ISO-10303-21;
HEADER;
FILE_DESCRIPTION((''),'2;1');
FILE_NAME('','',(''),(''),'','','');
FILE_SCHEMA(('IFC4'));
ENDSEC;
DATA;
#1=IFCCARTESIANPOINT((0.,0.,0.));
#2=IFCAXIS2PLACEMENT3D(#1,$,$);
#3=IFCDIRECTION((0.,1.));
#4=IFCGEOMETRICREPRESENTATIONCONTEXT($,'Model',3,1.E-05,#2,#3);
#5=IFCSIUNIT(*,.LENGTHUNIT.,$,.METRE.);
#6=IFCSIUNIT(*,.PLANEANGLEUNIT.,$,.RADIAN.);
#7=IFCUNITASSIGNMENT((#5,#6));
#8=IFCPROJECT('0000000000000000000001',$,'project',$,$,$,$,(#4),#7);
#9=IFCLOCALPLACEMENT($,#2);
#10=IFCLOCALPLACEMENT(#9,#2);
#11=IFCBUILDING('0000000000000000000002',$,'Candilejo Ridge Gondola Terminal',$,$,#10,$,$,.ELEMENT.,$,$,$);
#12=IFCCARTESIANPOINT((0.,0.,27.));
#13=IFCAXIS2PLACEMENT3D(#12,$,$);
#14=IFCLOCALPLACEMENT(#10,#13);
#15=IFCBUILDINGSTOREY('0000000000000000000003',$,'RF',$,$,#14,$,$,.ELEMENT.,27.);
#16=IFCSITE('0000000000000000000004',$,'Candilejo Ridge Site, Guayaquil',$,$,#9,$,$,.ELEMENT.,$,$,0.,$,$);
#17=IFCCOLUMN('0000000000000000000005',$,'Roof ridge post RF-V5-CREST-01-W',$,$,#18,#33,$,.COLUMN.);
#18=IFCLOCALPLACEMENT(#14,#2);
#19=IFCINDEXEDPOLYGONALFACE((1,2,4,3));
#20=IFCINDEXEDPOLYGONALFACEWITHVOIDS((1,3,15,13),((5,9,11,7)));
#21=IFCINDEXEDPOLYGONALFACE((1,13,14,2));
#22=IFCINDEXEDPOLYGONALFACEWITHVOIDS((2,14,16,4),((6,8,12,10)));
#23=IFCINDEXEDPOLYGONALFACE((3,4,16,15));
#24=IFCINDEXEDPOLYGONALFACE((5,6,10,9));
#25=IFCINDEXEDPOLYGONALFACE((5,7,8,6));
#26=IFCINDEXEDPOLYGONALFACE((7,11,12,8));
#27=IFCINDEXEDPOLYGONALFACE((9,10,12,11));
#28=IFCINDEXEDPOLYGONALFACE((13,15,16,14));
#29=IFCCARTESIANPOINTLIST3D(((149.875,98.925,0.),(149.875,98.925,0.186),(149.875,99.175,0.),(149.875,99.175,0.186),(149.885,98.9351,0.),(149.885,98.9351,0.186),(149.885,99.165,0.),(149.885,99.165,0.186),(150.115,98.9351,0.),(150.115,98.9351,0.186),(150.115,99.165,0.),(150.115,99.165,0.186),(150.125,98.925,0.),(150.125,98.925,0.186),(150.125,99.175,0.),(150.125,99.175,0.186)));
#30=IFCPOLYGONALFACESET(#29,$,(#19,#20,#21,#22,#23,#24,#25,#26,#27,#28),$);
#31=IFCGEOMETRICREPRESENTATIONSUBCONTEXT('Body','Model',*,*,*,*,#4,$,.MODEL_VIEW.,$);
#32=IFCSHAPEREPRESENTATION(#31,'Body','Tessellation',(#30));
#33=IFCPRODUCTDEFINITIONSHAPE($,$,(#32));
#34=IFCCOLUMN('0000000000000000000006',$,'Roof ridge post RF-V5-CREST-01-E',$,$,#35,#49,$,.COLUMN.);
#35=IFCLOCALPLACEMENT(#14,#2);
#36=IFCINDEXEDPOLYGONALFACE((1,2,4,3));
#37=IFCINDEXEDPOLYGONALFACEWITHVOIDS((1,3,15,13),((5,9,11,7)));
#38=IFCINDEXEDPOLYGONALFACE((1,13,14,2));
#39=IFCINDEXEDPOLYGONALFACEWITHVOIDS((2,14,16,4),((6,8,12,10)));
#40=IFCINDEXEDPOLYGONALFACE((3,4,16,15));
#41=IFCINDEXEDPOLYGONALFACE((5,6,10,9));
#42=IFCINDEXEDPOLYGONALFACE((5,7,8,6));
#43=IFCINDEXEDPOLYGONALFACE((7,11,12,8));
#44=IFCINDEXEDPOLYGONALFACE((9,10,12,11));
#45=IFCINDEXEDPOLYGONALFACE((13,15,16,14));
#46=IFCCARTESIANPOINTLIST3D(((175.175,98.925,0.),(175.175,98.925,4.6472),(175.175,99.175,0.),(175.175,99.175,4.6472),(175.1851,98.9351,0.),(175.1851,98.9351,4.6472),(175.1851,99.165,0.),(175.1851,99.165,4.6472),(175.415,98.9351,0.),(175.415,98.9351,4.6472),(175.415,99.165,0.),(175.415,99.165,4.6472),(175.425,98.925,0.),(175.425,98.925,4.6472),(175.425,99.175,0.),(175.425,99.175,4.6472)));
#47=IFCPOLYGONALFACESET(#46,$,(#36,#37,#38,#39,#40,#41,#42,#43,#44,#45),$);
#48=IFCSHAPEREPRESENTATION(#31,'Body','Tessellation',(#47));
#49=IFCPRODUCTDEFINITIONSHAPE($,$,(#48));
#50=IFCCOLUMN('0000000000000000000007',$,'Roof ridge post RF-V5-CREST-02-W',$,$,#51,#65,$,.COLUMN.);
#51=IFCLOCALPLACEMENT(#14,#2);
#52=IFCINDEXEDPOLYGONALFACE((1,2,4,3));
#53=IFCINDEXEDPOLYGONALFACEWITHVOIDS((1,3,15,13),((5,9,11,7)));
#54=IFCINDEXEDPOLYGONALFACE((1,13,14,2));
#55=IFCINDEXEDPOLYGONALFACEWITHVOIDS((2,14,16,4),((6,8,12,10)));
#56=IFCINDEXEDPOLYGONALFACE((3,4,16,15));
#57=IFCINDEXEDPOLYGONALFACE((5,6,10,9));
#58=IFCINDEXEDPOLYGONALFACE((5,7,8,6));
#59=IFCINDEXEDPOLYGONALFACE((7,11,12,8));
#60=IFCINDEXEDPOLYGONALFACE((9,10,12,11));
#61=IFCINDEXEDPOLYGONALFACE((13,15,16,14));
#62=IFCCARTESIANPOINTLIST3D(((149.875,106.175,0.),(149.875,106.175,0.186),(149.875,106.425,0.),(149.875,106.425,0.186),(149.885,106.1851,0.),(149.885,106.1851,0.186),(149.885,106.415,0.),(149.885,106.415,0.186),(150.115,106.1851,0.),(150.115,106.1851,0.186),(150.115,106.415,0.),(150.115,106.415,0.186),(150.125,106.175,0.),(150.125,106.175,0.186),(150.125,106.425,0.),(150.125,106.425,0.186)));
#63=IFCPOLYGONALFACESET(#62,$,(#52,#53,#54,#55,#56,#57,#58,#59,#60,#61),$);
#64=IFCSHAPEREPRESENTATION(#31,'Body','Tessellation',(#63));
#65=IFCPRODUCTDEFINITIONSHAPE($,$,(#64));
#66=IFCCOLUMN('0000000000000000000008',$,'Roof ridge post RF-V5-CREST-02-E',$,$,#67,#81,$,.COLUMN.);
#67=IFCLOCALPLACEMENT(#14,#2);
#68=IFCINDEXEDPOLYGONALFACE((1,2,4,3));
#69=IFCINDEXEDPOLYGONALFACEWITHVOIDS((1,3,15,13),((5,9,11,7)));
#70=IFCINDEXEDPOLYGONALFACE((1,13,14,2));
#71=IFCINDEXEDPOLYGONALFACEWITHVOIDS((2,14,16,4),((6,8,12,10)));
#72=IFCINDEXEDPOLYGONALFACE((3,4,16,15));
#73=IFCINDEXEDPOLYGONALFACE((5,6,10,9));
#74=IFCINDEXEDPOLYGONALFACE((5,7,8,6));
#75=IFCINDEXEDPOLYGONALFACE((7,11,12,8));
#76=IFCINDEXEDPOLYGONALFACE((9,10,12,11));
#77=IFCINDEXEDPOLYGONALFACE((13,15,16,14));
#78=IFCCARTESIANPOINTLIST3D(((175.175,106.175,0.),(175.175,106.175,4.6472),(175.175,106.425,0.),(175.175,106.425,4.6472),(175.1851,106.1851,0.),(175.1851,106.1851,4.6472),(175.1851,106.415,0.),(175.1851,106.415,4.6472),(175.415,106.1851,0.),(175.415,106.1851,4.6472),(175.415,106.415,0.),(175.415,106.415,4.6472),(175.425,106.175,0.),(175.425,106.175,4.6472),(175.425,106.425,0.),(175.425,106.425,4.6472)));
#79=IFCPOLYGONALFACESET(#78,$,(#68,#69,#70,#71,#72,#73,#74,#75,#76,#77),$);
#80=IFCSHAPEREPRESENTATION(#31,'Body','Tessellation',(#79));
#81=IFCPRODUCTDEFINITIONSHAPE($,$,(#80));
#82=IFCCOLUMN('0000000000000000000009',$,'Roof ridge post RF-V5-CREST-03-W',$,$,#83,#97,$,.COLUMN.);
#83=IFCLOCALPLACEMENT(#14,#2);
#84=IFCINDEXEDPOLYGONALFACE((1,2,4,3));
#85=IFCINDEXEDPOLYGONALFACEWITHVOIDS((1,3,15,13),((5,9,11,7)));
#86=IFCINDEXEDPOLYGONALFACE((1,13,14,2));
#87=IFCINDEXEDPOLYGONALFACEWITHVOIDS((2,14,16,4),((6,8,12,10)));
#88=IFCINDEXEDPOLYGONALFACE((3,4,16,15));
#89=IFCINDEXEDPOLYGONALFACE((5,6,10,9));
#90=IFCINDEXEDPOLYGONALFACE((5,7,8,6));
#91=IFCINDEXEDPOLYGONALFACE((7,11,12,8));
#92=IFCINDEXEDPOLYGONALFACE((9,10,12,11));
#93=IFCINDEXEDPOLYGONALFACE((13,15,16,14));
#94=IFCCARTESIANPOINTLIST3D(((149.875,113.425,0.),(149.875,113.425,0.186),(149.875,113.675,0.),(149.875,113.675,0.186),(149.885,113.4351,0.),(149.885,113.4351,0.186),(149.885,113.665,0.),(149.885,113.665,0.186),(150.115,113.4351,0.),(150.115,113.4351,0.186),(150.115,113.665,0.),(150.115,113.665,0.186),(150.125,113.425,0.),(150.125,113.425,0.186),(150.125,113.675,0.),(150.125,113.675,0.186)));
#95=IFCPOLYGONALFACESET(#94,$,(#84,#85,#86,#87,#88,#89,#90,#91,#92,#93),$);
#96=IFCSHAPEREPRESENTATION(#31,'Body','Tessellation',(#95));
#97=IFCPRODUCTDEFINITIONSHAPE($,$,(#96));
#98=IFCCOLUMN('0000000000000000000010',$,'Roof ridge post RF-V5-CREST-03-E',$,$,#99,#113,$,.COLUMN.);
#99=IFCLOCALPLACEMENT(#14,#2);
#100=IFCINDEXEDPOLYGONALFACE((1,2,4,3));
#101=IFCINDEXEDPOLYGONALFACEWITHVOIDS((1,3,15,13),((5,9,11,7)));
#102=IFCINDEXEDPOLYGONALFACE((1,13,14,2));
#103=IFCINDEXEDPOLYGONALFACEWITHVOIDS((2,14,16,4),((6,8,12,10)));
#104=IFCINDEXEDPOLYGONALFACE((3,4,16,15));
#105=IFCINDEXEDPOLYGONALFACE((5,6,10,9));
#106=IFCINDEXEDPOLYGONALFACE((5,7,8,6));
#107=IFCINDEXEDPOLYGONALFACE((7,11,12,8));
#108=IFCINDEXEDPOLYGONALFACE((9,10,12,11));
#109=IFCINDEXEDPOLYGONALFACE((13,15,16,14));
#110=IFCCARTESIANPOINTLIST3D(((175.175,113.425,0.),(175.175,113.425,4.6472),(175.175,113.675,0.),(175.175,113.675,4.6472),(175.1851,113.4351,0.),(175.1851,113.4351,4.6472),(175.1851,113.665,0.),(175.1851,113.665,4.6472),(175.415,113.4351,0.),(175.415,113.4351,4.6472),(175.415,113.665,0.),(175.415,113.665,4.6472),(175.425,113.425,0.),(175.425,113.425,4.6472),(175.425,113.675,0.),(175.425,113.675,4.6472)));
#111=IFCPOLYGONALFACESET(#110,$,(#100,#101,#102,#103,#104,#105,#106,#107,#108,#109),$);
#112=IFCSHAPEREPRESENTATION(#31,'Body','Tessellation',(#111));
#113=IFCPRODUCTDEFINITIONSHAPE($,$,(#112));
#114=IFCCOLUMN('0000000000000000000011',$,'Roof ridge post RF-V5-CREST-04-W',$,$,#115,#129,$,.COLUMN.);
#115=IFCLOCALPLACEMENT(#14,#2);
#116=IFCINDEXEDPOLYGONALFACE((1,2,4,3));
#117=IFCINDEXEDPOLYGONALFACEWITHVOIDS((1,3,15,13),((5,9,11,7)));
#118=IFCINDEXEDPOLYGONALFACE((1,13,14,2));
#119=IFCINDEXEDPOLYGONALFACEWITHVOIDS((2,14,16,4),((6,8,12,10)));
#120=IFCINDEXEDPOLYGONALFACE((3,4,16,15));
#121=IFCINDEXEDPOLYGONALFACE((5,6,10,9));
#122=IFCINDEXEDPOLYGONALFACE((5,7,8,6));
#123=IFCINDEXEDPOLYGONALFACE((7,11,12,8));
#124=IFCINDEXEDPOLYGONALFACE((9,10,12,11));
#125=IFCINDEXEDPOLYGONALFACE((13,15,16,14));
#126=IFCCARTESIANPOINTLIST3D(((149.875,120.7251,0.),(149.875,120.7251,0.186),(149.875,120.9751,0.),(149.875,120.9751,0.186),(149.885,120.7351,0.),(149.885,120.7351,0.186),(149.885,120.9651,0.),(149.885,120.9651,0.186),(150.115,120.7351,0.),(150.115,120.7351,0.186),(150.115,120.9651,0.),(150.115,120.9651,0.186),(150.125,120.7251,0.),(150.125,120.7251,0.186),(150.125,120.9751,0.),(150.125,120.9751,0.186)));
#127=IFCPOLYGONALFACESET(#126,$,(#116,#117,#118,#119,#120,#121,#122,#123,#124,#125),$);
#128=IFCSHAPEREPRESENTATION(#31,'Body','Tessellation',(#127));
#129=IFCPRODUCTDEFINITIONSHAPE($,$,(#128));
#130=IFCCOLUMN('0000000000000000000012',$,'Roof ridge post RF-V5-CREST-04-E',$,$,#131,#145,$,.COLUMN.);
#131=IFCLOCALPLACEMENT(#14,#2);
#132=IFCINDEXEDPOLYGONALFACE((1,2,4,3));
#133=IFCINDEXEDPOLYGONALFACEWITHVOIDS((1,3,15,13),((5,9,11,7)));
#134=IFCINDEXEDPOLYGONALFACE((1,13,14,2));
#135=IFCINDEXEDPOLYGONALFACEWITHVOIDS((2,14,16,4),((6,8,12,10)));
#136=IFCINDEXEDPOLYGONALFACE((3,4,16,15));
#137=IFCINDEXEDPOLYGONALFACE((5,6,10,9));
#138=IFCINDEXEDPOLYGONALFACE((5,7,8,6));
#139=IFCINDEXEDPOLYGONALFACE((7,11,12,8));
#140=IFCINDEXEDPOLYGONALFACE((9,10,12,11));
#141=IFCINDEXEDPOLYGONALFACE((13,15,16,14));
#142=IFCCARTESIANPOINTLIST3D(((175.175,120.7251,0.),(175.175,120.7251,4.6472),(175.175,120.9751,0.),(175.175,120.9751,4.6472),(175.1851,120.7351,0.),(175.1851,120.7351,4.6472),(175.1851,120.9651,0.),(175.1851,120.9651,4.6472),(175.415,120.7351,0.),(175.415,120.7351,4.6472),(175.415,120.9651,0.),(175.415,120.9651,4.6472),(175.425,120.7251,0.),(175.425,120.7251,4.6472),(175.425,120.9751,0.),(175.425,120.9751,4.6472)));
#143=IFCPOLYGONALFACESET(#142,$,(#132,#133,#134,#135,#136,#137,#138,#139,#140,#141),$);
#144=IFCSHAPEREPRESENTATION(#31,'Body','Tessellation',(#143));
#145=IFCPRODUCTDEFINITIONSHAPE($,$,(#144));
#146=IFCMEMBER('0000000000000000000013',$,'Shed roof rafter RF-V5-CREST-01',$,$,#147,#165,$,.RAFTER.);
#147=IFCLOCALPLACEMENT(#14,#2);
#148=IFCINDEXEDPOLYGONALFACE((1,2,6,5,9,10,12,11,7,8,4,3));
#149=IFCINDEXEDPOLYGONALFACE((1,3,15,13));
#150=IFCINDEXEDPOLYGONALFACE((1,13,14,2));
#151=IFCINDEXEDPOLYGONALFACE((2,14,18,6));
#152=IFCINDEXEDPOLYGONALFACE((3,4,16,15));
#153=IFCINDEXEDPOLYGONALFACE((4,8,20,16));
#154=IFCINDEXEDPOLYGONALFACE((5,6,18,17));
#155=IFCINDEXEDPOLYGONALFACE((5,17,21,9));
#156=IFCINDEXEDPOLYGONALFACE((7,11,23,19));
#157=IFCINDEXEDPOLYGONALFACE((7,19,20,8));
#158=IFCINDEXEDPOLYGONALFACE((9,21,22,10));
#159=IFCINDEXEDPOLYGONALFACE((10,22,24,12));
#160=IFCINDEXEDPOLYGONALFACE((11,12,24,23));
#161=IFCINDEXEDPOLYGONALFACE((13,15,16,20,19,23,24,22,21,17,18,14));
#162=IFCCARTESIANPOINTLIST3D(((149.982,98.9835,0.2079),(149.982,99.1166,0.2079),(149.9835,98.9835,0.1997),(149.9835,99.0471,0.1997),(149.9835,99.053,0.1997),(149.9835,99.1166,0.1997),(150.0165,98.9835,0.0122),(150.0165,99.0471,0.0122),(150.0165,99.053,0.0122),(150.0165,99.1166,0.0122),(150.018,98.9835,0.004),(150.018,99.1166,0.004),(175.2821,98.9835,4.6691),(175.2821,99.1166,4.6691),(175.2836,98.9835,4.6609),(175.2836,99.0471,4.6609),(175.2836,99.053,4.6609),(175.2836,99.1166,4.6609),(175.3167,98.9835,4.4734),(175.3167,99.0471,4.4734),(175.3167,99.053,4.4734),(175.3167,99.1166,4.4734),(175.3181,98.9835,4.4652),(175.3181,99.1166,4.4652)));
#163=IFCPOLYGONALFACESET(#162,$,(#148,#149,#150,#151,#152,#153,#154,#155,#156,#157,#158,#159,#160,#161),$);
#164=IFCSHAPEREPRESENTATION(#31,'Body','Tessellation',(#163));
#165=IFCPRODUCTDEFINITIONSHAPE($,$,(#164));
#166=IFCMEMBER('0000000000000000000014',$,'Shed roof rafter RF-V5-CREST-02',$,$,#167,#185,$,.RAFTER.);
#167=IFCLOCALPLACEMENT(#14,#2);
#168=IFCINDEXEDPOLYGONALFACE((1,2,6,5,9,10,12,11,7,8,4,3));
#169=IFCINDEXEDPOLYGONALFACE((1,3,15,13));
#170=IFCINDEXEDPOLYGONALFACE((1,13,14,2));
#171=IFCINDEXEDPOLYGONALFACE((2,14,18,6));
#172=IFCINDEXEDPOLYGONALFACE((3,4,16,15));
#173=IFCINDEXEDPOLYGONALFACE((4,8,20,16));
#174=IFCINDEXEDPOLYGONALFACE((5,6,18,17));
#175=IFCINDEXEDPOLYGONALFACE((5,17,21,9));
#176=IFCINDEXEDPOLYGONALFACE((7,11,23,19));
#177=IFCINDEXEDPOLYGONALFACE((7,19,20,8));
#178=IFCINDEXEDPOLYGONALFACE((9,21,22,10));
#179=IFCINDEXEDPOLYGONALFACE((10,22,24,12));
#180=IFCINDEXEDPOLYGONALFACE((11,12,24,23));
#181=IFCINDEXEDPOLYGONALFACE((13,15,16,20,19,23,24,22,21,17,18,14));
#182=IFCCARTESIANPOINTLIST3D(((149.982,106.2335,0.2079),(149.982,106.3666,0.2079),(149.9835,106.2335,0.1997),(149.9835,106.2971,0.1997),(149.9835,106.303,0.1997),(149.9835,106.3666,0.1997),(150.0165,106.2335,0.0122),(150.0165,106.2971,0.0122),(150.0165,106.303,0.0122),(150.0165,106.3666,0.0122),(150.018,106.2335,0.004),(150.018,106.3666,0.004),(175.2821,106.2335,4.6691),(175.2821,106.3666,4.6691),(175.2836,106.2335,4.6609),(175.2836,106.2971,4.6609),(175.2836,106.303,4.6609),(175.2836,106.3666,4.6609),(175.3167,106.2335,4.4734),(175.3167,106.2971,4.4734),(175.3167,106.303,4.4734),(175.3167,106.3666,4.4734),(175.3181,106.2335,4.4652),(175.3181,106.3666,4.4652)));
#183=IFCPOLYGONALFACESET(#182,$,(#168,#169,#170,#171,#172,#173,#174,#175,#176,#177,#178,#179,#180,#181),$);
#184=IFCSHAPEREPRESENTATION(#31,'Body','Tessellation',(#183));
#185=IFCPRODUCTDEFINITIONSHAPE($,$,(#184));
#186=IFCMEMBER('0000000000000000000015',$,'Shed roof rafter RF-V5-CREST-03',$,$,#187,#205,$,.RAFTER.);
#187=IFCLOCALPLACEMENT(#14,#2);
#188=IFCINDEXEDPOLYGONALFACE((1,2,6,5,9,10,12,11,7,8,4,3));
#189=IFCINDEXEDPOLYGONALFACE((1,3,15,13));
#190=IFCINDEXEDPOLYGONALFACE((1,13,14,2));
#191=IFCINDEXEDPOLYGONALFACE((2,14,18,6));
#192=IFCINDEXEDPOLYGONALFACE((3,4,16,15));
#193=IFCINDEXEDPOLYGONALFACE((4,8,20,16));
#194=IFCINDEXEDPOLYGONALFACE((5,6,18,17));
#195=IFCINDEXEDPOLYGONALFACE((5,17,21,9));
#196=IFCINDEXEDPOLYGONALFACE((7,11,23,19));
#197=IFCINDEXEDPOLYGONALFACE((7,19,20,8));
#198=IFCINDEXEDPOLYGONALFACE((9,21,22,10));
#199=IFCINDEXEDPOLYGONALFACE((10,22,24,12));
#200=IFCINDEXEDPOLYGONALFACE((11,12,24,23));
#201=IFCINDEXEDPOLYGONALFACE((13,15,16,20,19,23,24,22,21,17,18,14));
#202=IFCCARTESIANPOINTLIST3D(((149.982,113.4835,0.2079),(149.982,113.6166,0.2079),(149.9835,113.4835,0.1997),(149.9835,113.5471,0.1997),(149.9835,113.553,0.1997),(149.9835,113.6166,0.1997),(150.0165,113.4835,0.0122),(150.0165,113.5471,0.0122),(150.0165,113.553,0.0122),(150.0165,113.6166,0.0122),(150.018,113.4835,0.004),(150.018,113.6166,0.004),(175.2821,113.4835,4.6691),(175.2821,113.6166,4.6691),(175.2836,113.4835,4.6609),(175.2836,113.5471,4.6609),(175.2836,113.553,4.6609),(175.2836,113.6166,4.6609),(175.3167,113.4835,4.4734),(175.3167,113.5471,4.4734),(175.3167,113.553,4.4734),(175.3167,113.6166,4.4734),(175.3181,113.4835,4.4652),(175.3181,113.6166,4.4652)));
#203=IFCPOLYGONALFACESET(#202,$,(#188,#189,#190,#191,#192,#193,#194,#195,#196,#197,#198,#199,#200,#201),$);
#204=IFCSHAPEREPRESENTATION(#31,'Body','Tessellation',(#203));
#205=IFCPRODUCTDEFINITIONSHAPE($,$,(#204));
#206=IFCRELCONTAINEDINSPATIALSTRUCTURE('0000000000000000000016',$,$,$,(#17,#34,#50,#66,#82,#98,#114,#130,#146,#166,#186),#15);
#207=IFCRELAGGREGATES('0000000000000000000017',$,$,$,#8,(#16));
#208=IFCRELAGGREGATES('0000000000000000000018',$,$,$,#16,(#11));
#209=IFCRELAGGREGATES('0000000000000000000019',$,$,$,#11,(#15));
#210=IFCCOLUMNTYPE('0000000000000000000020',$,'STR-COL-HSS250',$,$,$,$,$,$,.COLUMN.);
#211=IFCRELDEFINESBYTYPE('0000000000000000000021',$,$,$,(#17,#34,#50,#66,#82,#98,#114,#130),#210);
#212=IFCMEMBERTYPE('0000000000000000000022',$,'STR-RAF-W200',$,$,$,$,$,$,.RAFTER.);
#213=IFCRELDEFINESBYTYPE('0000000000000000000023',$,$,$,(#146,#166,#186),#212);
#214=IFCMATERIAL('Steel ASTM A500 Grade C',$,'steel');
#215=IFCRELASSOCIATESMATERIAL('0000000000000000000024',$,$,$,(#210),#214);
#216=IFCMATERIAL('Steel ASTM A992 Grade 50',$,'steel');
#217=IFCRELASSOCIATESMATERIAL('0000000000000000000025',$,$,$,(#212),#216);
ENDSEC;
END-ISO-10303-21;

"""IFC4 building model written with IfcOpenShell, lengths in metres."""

from ifc_helpers import new_model, si_unit, direction, frame, origin, origin_2d, place, context, subcontext, project, spatial, hollow_rectangle, i_section, extrude, material, material_profile, profile_set, type_object, element, save


model = new_model("IFC4")

# Units and contexts
model_context = context("Model", 3, precision=1e-05, world=origin(), true_north=direction((0.0, 1.0)))
body_context = subcontext(model_context, "Body", "Model", "MODEL_VIEW")
ifc_project = project(units=[si_unit("LENGTHUNIT", "METRE"), si_unit("PLANEANGLEUNIT", "RADIAN")], contexts=[model_context])

# Site, building, storey
site_placement = place(None, origin())
site = spatial("IfcSite", under=ifc_project, at=site_placement, Name="Candilejo Ridge Site, Guayaquil", CompositionType="ELEMENT", RefElevation=0.0)
building_placement = place(site_placement, origin())
building = spatial("IfcBuilding", under=site, at=building_placement, Name="Candilejo Ridge Gondola Terminal", CompositionType="ELEMENT")
storey_placement = place(building_placement, frame((0.0, 0.0, 27.0)))
storey = spatial("IfcBuildingStorey", under=building, at=storey_placement, Name="RF", CompositionType="ELEMENT", Elevation=27.0)

# Columns
ifc_material_1 = material(Name="Steel ASTM A500 Grade C", Category="steel")
ifc_material_profile_1 = material_profile(ifc_material_1, hollow_rectangle(XDim=0.25, YDim=0.25, WallThickness=0.01, at=origin_2d()))
ifc_profile_set_1 = profile_set([ifc_material_profile_1], Name="Steel ASTM A500 Grade C")
column_type = type_object("IfcColumnType", Name="STR-COL-HSS250", PredefinedType="COLUMN", material=ifc_profile_set_1)
column_1_placement = place(storey_placement, frame((150.0, 99.05, 0.0), z_axis=(0.0, 0.0, 1.0), x_axis=(1.0, 0.0, 0.0)))
element("IfcColumn", 1, at=column_1_placement, inside=storey, type_object=column_type, Name="Roof ridge post RF-V5-CREST-01-W", PredefinedType="COLUMN", context=body_context, shape_type="SweptSolid", body=[
    extrude(hollow_rectangle(XDim=0.25, YDim=0.25, WallThickness=0.01, at=origin_2d()), origin(), (0.0, 0.0, 1.0), 0.186),
])
column_2_placement = place(storey_placement, frame((175.3, 99.05, 0.0), z_axis=(0.0, 0.0, 1.0), x_axis=(1.0, 0.0, 0.0)))
element("IfcColumn", 2, at=column_2_placement, inside=storey, type_object=column_type, Name="Roof ridge post RF-V5-CREST-01-E", PredefinedType="COLUMN", context=body_context, shape_type="SweptSolid", body=[
    extrude(hollow_rectangle(XDim=0.25, YDim=0.25, WallThickness=0.01, at=origin_2d()), origin(), (0.0, 0.0, 1.0), 4.6472),
])
column_3_placement = place(storey_placement, frame((150.0, 106.3, 0.0), z_axis=(0.0, 0.0, 1.0), x_axis=(1.0, 0.0, 0.0)))
element("IfcColumn", 3, at=column_3_placement, inside=storey, type_object=column_type, Name="Roof ridge post RF-V5-CREST-02-W", PredefinedType="COLUMN", context=body_context, shape_type="SweptSolid", body=[
    extrude(hollow_rectangle(XDim=0.25, YDim=0.25, WallThickness=0.01, at=origin_2d()), origin(), (0.0, 0.0, 1.0), 0.186),
])
column_4_placement = place(storey_placement, frame((175.3, 106.3, 0.0), z_axis=(0.0, 0.0, 1.0), x_axis=(1.0, 0.0, 0.0)))
element("IfcColumn", 4, at=column_4_placement, inside=storey, type_object=column_type, Name="Roof ridge post RF-V5-CREST-02-E", PredefinedType="COLUMN", context=body_context, shape_type="SweptSolid", body=[
    extrude(hollow_rectangle(XDim=0.25, YDim=0.25, WallThickness=0.01, at=origin_2d()), origin(), (0.0, 0.0, 1.0), 4.6472),
])
column_5_placement = place(storey_placement, frame((150.0, 113.55, 0.0), z_axis=(0.0, 0.0, 1.0), x_axis=(1.0, 0.0, 0.0)))
element("IfcColumn", 5, at=column_5_placement, inside=storey, type_object=column_type, Name="Roof ridge post RF-V5-CREST-03-W", PredefinedType="COLUMN", context=body_context, shape_type="SweptSolid", body=[
    extrude(hollow_rectangle(XDim=0.25, YDim=0.25, WallThickness=0.01, at=origin_2d()), origin(), (0.0, 0.0, 1.0), 0.186),
])
column_6_placement = place(storey_placement, frame((175.3, 113.55, 0.0), z_axis=(0.0, 0.0, 1.0), x_axis=(1.0, 0.0, 0.0)))
element("IfcColumn", 6, at=column_6_placement, inside=storey, type_object=column_type, Name="Roof ridge post RF-V5-CREST-03-E", PredefinedType="COLUMN", context=body_context, shape_type="SweptSolid", body=[
    extrude(hollow_rectangle(XDim=0.25, YDim=0.25, WallThickness=0.01, at=origin_2d()), origin(), (0.0, 0.0, 1.0), 4.6472),
])
column_7_placement = place(storey_placement, frame((150.0, 120.8501, 0.0), z_axis=(0.0, 0.0, 1.0), x_axis=(1.0, 0.0, 0.0)))
element("IfcColumn", 7, at=column_7_placement, inside=storey, type_object=column_type, Name="Roof ridge post RF-V5-CREST-04-W", PredefinedType="COLUMN", context=body_context, shape_type="SweptSolid", body=[
    extrude(hollow_rectangle(XDim=0.25, YDim=0.25, WallThickness=0.01, at=origin_2d()), origin(), (0.0, 0.0, 1.0), 0.186),
])
column_8_placement = place(storey_placement, frame((175.3, 120.8501, 0.0), z_axis=(0.0, 0.0, 1.0), x_axis=(1.0, 0.0, 0.0)))
element("IfcColumn", 8, at=column_8_placement, inside=storey, type_object=column_type, Name="Roof ridge post RF-V5-CREST-04-E", PredefinedType="COLUMN", context=body_context, shape_type="SweptSolid", body=[
    extrude(hollow_rectangle(XDim=0.25, YDim=0.25, WallThickness=0.01, at=origin_2d()), origin(), (0.0, 0.0, 1.0), 4.6472),
])

# Members
ifc_material_2 = material(Name="Steel ASTM A992 Grade 50", Category="steel")
ifc_material_profile_2 = material_profile(ifc_material_2, i_section(OverallWidth=0.1331, OverallDepth=0.207, WebThickness=0.0059, FlangeThickness=0.0083, at=origin_2d()))
ifc_profile_set_2 = profile_set([ifc_material_profile_2], Name="Steel ASTM A992 Grade 50")
member_type = type_object("IfcMemberType", Name="STR-RAF-W200", PredefinedType="RAFTER", material=ifc_profile_set_2)
for number, where, z_axis, x_axis, name in (
    (9, (150.0, 99.05, 0.106), (0.984807, 0.0, 0.173652), (0.0, 1.0, 0.0), "Shed roof rafter RF-V5-CREST-01"),
    (10, (150.0, 106.3, 0.106), (0.984807, 0.0, 0.173652), (0.0, 1.0, 0.0), "Shed roof rafter RF-V5-CREST-02"),
    (11, (150.0, 113.55, 0.106), (0.984807, 0.0, 0.173652), (0.0, 1.0, 0.0), "Shed roof rafter RF-V5-CREST-03"),
):
    element("IfcMember", number, at=place(storey_placement, frame(where, z_axis=z_axis, x_axis=x_axis)), inside=storey, type_object=member_type, Name=name, PredefinedType="RAFTER", context=body_context, shape_type="SweptSolid", body=[
        extrude(i_section(OverallWidth=0.1331, OverallDepth=0.207, WebThickness=0.0059, FlangeThickness=0.0083, at=origin_2d()), origin(), (0.0, 0.0, 1.0), 25.6904),
    ])

save(model, "model.ifc")
